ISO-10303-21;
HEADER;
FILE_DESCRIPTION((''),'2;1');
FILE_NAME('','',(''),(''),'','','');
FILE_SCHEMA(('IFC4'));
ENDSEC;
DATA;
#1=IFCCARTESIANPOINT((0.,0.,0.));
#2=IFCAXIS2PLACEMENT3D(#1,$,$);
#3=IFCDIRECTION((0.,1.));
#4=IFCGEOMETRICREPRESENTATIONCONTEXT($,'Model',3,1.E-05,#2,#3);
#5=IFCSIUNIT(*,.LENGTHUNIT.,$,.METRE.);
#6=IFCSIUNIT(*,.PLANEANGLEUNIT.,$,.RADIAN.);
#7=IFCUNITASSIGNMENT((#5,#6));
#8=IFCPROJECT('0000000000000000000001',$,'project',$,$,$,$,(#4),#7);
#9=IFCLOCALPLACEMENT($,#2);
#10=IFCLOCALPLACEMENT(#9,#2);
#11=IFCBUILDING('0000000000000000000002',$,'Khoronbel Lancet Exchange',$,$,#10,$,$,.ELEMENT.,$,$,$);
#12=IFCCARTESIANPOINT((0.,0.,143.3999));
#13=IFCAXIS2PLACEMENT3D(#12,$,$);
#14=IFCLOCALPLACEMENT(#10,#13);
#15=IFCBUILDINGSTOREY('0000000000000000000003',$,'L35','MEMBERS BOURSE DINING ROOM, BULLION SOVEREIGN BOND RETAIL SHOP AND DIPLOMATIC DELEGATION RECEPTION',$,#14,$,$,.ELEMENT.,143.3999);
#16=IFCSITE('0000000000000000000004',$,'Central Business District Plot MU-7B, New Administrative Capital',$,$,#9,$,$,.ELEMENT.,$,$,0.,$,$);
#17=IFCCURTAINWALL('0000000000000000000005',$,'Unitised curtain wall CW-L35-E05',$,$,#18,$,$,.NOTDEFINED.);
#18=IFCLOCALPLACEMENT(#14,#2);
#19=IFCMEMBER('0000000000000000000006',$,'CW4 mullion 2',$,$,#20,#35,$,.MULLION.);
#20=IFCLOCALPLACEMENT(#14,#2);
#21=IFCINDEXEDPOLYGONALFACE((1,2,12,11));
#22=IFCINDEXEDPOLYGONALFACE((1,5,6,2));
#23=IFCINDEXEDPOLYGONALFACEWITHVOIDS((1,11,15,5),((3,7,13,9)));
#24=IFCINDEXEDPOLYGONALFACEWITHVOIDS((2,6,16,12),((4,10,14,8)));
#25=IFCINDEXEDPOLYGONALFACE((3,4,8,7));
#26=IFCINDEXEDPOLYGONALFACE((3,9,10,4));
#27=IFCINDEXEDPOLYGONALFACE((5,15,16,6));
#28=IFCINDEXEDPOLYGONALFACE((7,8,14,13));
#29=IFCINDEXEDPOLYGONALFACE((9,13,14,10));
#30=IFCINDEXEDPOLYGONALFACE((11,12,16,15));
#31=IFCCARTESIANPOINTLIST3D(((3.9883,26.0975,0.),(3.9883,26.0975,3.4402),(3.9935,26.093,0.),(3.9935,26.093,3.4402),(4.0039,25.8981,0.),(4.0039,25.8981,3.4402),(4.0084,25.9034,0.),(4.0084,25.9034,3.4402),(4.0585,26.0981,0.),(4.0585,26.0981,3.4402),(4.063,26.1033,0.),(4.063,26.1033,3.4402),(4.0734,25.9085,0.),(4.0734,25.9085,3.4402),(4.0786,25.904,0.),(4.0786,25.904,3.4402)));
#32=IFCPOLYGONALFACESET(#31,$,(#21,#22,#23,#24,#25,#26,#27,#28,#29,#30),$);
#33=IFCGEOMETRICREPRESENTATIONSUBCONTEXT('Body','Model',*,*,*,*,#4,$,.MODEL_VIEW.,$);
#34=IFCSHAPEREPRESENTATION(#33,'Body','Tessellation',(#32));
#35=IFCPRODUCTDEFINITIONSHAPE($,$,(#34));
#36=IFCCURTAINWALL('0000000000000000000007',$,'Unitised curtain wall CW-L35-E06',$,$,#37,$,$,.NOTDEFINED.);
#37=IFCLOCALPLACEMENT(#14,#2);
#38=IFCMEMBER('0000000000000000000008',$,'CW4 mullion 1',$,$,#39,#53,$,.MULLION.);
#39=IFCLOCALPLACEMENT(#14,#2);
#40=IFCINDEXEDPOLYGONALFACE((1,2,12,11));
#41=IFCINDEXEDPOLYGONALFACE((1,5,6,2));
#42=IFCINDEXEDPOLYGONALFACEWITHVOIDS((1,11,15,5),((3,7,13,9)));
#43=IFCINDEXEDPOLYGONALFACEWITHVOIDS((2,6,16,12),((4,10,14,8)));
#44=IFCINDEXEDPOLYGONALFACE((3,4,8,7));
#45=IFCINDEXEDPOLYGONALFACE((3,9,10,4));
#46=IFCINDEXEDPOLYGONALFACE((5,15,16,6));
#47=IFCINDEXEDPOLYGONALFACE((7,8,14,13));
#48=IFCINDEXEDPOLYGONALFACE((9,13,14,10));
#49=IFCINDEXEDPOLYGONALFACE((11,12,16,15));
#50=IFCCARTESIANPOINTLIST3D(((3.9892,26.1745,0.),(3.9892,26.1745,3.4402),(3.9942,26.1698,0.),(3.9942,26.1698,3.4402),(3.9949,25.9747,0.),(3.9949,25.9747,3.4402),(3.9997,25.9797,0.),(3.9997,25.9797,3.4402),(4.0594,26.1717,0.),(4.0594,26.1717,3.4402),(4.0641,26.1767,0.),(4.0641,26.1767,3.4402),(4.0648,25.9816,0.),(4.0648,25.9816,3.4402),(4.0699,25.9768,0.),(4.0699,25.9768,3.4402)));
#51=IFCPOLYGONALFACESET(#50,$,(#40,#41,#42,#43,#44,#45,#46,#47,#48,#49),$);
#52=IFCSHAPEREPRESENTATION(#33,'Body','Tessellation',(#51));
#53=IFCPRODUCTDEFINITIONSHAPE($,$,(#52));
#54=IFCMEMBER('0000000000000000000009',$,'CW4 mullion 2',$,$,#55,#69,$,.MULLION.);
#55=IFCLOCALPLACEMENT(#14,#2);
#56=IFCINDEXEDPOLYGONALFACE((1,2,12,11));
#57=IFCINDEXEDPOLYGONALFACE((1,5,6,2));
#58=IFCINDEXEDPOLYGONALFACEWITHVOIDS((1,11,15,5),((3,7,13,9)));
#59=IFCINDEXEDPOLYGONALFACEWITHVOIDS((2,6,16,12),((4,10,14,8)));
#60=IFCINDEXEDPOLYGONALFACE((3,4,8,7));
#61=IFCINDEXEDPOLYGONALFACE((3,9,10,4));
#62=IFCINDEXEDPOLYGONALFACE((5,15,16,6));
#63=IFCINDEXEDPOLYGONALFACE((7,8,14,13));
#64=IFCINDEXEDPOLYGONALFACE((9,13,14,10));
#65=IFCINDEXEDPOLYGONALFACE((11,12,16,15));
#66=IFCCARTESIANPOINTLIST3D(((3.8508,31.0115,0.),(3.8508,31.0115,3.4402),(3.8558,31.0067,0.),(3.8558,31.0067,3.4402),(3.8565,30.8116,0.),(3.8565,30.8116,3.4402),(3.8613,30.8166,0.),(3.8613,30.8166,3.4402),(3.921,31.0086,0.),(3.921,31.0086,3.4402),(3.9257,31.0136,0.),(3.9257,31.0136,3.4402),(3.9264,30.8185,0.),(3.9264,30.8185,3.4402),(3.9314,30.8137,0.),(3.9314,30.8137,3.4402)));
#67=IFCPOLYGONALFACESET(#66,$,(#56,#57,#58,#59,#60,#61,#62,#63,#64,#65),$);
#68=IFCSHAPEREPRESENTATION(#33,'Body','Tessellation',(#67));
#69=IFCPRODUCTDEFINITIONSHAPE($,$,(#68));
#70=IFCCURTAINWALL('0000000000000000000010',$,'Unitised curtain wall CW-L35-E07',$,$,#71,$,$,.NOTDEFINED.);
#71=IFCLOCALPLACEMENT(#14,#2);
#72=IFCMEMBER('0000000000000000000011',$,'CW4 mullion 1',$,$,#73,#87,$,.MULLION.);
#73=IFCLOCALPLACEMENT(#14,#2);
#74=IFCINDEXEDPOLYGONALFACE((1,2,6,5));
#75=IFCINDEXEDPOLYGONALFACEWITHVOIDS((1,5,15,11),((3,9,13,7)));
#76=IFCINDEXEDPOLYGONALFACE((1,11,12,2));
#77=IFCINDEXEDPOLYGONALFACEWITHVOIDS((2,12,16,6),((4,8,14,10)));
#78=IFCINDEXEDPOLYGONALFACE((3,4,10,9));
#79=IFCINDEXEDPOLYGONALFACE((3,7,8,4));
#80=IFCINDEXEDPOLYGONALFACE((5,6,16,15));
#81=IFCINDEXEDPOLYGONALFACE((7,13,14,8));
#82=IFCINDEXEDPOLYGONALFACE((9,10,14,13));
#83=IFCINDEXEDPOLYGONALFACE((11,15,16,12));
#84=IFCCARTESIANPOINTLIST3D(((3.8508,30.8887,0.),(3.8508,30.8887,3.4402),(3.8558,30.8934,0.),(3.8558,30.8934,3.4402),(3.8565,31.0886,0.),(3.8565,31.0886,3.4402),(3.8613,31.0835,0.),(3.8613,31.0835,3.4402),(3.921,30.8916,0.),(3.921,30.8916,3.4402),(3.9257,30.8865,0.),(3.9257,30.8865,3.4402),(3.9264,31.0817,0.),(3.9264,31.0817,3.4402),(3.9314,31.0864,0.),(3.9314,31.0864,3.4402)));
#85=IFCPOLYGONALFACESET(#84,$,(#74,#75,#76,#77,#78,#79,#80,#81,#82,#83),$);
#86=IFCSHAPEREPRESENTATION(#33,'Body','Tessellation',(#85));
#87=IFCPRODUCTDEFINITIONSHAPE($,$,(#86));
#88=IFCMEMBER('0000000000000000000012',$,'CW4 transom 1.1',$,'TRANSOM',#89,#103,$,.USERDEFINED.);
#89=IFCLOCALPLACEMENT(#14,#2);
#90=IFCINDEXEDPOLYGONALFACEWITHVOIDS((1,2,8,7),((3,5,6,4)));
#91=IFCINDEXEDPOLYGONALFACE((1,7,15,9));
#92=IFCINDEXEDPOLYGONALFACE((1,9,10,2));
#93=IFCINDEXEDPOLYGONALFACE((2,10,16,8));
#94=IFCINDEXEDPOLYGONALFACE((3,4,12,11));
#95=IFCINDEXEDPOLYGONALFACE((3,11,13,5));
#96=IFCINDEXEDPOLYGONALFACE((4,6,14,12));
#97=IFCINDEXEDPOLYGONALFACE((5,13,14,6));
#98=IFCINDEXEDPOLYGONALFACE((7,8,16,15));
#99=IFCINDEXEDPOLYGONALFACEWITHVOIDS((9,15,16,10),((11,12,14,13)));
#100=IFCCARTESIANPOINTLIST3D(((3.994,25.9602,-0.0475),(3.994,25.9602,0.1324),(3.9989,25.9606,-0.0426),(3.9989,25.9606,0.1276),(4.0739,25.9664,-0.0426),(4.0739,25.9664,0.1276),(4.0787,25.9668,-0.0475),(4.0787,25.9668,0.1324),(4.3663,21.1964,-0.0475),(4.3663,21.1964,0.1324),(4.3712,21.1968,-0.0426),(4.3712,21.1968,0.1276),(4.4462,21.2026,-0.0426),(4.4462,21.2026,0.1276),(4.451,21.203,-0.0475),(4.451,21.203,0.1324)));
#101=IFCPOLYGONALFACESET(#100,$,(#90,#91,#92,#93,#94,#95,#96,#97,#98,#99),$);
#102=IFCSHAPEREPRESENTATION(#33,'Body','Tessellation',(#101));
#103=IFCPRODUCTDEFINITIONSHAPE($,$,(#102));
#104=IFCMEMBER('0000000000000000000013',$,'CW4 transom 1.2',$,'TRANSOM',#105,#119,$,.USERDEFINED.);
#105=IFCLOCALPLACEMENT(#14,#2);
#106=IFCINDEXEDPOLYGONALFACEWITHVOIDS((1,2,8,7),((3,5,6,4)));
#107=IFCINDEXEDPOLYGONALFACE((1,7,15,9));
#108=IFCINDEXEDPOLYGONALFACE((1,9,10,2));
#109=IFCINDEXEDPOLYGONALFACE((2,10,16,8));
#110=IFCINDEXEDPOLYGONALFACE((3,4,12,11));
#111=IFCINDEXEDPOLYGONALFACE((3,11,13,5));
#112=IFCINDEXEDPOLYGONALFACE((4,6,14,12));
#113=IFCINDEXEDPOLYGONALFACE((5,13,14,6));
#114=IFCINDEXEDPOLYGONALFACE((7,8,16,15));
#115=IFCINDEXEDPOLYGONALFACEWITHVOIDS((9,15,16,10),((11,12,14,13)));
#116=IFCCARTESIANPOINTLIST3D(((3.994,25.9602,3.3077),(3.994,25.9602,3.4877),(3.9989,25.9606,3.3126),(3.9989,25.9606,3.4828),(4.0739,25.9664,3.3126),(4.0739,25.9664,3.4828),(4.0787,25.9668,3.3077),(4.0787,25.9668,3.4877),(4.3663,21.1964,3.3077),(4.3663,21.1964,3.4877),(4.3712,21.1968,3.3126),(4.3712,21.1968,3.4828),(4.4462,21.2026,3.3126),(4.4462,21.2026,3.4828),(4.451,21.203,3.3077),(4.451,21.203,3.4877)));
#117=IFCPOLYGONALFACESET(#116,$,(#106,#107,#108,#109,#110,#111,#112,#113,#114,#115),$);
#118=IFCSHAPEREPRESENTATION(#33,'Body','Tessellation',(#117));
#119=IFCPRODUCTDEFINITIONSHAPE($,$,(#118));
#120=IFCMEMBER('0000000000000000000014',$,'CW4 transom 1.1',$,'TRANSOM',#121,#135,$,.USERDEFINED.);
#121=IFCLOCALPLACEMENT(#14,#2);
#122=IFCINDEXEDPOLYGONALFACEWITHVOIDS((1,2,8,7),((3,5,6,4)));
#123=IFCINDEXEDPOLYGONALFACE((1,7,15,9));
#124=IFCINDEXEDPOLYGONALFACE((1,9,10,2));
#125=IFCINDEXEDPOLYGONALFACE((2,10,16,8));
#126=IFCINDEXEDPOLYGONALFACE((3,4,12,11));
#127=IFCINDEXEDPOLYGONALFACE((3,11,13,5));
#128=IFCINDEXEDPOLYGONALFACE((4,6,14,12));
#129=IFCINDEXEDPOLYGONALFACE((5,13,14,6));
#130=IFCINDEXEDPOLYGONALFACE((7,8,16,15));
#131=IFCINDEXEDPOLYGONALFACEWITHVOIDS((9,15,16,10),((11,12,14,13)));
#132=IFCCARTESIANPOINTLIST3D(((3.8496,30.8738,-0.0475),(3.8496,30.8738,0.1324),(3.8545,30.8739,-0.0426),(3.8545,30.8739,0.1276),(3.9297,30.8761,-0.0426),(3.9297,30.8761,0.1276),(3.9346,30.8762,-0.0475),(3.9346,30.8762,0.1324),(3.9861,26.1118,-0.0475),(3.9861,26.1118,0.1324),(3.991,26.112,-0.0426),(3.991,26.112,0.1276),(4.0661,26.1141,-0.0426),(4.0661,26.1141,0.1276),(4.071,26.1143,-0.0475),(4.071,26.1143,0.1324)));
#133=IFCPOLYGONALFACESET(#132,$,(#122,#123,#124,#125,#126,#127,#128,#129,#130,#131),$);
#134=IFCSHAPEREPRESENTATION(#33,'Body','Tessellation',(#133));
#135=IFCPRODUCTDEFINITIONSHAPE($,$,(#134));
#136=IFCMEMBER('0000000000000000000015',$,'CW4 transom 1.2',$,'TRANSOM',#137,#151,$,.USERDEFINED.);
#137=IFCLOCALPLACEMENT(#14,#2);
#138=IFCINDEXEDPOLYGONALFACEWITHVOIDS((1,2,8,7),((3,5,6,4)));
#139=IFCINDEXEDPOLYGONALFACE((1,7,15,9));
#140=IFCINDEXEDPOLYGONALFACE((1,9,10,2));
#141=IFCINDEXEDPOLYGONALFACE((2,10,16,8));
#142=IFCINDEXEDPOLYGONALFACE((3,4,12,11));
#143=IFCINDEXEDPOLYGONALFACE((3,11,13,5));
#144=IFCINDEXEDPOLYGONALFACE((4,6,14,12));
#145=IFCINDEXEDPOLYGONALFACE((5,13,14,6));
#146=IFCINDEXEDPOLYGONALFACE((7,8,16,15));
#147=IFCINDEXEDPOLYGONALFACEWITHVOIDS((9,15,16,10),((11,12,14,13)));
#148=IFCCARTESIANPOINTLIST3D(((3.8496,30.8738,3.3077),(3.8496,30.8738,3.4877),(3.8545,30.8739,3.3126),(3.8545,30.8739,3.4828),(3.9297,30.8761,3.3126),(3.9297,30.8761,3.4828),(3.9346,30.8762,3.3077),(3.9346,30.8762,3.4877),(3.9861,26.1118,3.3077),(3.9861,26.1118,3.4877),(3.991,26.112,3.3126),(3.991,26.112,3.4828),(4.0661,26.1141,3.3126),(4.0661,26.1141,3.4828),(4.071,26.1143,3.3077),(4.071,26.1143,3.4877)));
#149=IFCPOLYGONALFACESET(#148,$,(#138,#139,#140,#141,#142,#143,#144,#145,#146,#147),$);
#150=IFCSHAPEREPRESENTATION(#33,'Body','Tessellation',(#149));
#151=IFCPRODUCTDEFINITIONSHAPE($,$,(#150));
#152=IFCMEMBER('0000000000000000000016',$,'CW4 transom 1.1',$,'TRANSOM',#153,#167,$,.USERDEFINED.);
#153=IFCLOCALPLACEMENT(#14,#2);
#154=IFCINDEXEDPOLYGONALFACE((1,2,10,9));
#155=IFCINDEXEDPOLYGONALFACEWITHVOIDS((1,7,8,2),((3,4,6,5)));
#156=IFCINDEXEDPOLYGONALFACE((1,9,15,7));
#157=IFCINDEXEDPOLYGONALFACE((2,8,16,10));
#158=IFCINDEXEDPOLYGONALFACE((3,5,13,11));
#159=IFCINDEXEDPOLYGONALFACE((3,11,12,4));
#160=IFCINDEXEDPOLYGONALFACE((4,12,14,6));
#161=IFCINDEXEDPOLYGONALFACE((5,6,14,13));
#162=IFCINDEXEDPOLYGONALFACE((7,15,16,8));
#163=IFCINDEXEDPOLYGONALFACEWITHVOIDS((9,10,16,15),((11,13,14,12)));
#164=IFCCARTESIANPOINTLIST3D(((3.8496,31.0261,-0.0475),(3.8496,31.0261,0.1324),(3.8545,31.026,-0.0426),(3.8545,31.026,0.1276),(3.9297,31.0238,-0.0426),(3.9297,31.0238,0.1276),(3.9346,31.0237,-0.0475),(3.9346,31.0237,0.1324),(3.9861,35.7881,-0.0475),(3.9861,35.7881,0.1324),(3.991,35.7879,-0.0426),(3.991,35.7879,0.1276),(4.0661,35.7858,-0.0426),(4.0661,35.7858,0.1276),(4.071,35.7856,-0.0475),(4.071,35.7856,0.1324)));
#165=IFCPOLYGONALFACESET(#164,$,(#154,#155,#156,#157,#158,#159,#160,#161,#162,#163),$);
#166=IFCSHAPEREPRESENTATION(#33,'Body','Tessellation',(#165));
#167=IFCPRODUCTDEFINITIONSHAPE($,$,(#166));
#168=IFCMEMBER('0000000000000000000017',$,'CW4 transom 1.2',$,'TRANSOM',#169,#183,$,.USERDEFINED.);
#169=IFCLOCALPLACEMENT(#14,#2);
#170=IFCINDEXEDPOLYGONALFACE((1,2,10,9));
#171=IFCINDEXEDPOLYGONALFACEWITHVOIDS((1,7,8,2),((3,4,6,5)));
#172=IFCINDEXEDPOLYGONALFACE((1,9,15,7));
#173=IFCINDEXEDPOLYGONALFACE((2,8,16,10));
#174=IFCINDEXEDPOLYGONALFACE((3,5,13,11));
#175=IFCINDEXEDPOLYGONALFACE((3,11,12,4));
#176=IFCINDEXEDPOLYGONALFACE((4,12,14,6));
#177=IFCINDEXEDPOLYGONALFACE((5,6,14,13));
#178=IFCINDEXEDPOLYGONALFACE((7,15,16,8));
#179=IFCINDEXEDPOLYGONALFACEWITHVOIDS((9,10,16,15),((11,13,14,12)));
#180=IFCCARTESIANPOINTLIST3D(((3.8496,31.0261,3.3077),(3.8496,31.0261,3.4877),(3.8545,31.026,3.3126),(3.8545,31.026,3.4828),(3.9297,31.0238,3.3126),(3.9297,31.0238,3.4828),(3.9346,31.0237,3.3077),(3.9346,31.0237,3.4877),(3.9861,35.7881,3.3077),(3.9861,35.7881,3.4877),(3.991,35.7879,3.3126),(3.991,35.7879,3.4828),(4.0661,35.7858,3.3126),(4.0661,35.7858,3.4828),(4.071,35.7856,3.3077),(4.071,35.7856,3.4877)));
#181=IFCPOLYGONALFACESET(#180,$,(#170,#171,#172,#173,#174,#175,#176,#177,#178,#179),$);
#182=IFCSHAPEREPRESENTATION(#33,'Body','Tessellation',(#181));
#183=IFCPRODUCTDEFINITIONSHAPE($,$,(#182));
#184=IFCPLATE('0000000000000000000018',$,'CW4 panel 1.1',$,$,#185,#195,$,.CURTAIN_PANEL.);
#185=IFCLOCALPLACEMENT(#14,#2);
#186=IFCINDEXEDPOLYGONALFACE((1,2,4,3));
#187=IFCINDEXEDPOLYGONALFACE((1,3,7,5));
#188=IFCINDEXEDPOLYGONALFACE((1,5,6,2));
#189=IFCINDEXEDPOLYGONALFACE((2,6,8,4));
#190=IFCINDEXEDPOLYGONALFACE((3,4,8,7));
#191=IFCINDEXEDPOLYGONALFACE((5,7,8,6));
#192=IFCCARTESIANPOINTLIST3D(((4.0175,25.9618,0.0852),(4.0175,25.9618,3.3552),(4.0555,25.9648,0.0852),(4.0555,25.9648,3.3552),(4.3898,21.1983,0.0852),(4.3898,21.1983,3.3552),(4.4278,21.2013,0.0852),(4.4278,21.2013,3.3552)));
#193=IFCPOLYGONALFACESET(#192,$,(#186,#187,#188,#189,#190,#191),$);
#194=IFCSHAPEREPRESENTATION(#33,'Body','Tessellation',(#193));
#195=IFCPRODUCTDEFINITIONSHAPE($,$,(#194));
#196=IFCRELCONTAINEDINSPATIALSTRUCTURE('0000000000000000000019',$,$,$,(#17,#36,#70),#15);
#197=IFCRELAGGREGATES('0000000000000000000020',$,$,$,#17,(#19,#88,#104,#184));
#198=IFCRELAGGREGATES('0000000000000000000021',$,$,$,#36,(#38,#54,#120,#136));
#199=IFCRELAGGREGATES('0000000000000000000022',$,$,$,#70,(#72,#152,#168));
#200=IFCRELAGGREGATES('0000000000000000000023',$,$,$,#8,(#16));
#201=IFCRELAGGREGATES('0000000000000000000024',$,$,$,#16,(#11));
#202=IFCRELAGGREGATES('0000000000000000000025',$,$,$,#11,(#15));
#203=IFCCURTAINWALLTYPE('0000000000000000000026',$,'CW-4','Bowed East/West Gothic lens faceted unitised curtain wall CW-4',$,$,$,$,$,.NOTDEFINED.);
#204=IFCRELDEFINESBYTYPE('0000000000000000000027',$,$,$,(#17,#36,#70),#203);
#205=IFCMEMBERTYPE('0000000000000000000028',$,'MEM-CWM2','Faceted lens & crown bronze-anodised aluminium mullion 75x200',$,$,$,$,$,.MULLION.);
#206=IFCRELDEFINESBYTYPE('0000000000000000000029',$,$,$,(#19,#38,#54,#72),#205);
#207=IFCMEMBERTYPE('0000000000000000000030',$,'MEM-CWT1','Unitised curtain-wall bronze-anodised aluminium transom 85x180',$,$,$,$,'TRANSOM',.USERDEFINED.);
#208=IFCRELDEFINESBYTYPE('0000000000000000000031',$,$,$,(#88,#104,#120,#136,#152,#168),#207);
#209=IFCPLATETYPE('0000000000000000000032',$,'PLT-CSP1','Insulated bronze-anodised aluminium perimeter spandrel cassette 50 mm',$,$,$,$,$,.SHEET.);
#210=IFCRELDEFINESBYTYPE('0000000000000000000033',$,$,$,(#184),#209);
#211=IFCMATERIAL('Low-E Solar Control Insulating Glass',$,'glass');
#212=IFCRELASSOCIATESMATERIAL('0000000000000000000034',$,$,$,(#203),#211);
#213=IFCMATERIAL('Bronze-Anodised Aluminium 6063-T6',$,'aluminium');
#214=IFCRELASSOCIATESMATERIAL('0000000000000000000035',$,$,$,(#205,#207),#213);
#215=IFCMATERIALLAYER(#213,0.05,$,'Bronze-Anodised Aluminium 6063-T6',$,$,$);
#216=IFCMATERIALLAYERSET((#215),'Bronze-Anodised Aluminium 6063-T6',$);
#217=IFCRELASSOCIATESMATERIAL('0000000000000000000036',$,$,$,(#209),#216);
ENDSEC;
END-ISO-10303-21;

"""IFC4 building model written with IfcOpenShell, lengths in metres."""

from ifc_helpers import new_model, si_unit, direction, frame, origin, origin_2d, place, context, subcontext, project, spatial, rectangle, hollow_rectangle, extrude, material, layer, layer_set, material_profile, profile_set, type_object, element, aggregate, save


model = new_model("IFC4")

# Units and contexts
model_context = context("Model", 3, precision=1e-05, world=origin(), true_north=direction((0.0, 1.0)))
body_context = subcontext(model_context, "Body", "Model", "MODEL_VIEW")
ifc_project = project(units=[si_unit("LENGTHUNIT", "METRE"), si_unit("PLANEANGLEUNIT", "RADIAN")], contexts=[model_context])

# Site, building, storey
site_placement = place(None, origin())
site = spatial("IfcSite", under=ifc_project, at=site_placement, Name="Central Business District Plot MU-7B, New Administrative Capital", CompositionType="ELEMENT", RefElevation=0.0)
building_placement = place(site_placement, origin())
building = spatial("IfcBuilding", under=site, at=building_placement, Name="Khoronbel Lancet Exchange", CompositionType="ELEMENT")
storey_placement = place(building_placement, frame((0.0, 0.0, 143.3999)))
storey = spatial("IfcBuildingStorey", under=building, at=storey_placement, Name="L35", Description="MEMBERS BOURSE DINING ROOM, BULLION SOVEREIGN BOND RETAIL SHOP AND DIPLOMATIC DELEGATION RECEPTION", CompositionType="ELEMENT", Elevation=143.3999)

# Shared definitions
ifc_material_1 = material(Name="Low-E Solar Control Insulating Glass", Category="glass")
curtain_wall_type = type_object("IfcCurtainWallType", Name="CW-4", Description="Bowed East/West Gothic lens faceted unitised curtain wall CW-4", PredefinedType="NOTDEFINED", material=ifc_material_1)
ifc_material_2 = material(Name="Bronze-Anodised Aluminium 6063-T6", Category="aluminium")
ifc_material_profile_1 = material_profile(ifc_material_2, hollow_rectangle(XDim=0.075, YDim=0.2, WallThickness=0.0049, at=origin_2d()), Name="ALU MULLION 75x200")
ifc_profile_set_1 = profile_set([ifc_material_profile_1], Name="Bronze-Anodised Aluminium 6063-T6")
member_type_1 = type_object("IfcMemberType", Name="MEM-CWM2", Description="Faceted lens & crown bronze-anodised aluminium mullion 75x200", PredefinedType="MULLION", material=ifc_profile_set_1)

# Curtain walls, members
curtain_wall_1_placement = place(storey_placement, origin())
curtain_wall_1 = element("IfcCurtainWall", 1, at=curtain_wall_1_placement, inside=storey, type_object=curtain_wall_type, Name="Unitised curtain wall CW-L35-E05", PredefinedType="NOTDEFINED")
member_1_placement = place(storey_placement, frame((4.0334, 26.0007, 0.0), z_axis=(0.0, 0.0, 1.0), x_axis=(-0.99696, -0.077921, 0.0)))
member_1 = element("IfcMember", 2, at=member_1_placement, type_object=member_type_1, Name="CW4 mullion 2", PredefinedType="MULLION", context=body_context, shape_type="SweptSolid", body=[
    extrude(hollow_rectangle(XDim=0.075, YDim=0.2, WallThickness=0.0049, at=origin_2d()), origin(), (0.0, 0.0, 1.0), 3.4402),
])
curtain_wall_2_placement = place(storey_placement, origin())
curtain_wall_2 = element("IfcCurtainWall", 3, at=curtain_wall_2_placement, inside=storey, type_object=curtain_wall_type, Name="Unitised curtain wall CW-L35-E06", PredefinedType="NOTDEFINED")
member_2_placement = place(storey_placement, frame((4.0295, 26.0757, 0.0), z_axis=(0.0, 0.0, 1.0), x_axis=(-0.999591, -0.028613, 0.0)))
member_2 = element("IfcMember", 4, at=member_2_placement, type_object=member_type_1, Name="CW4 mullion 1", PredefinedType="MULLION", context=body_context, shape_type="SweptSolid", body=[
    extrude(hollow_rectangle(XDim=0.075, YDim=0.2, WallThickness=0.0049, at=origin_2d()), origin(), (0.0, 0.0, 1.0), 3.4402),
])
member_3_placement = place(storey_placement, frame((3.8911, 30.9126, 0.0), z_axis=(0.0, 0.0, 1.0), x_axis=(-0.999591, -0.028613, 0.0)))
member_3 = element("IfcMember", 5, at=member_3_placement, type_object=member_type_1, Name="CW4 mullion 2", PredefinedType="MULLION", context=body_context, shape_type="SweptSolid", body=[
    extrude(hollow_rectangle(XDim=0.075, YDim=0.2, WallThickness=0.0049, at=origin_2d()), origin(), (0.0, 0.0, 1.0), 3.4402),
])

# Curtain wall, member
curtain_wall_3_placement = place(storey_placement, origin())
curtain_wall_3 = element("IfcCurtainWall", 6, at=curtain_wall_3_placement, inside=storey, type_object=curtain_wall_type, Name="Unitised curtain wall CW-L35-E07", PredefinedType="NOTDEFINED")
member_4_placement = place(storey_placement, frame((3.8911, 30.9875, 0.0), z_axis=(0.0, 0.0, 1.0), x_axis=(-0.999591, 0.028613, 0.0)))
member_4 = element("IfcMember", 7, at=member_4_placement, type_object=member_type_1, Name="CW4 mullion 1", PredefinedType="MULLION", context=body_context, shape_type="SweptSolid", body=[
    extrude(hollow_rectangle(XDim=0.075, YDim=0.2, WallThickness=0.0049, at=origin_2d()), origin(), (0.0, 0.0, 1.0), 3.4402),
])

# Members
ifc_material_profile_2 = material_profile(ifc_material_2, hollow_rectangle(XDim=0.085, YDim=0.1799, WallThickness=0.0049, at=origin_2d()), Name="ALU TRANSOM 85x180")
ifc_profile_set_2 = profile_set([ifc_material_profile_2], Name="Bronze-Anodised Aluminium 6063-T6")
member_type_2 = type_object("IfcMemberType", Name="MEM-CWT1", Description="Unitised curtain-wall bronze-anodised aluminium transom 85x180", ElementType="TRANSOM", PredefinedType="USERDEFINED", material=ifc_profile_set_2)
member_5_placement = place(storey_placement, frame((4.4087, 21.1997, 0.0425), z_axis=(-0.077919, 0.99696, 0.0), x_axis=(-0.99696, -0.077919, 0.0)))
member_5 = element("IfcMember", 8, at=member_5_placement, type_object=member_type_2, Name="CW4 transom 1.1", ObjectType="TRANSOM", PredefinedType="USERDEFINED", context=body_context, shape_type="SweptSolid", body=[
    extrude(hollow_rectangle(XDim=0.085, YDim=0.1799, WallThickness=0.0049, at=origin_2d()), origin(), (0.0, 0.0, 1.0), 4.7783),
])
member_6_placement = place(storey_placement, frame((4.4087, 21.1997, 3.3977), z_axis=(-0.077919, 0.99696, 0.0), x_axis=(-0.99696, -0.077919, 0.0)))
member_6 = element("IfcMember", 9, at=member_6_placement, type_object=member_type_2, Name="CW4 transom 1.2", ObjectType="TRANSOM", PredefinedType="USERDEFINED", context=body_context, shape_type="SweptSolid", body=[
    extrude(hollow_rectangle(XDim=0.085, YDim=0.1799, WallThickness=0.0049, at=origin_2d()), origin(), (0.0, 0.0, 1.0), 4.7783),
])
member_7_placement = place(storey_placement, frame((4.0286, 26.113, 0.0425), z_axis=(-0.028648, 0.99959, 0.0), x_axis=(-0.99959, -0.028648, 0.0)))
member_7 = element("IfcMember", 10, at=member_7_placement, type_object=member_type_2, Name="CW4 transom 1.1", ObjectType="TRANSOM", PredefinedType="USERDEFINED", context=body_context, shape_type="SweptSolid", body=[
    extrude(hollow_rectangle(XDim=0.085, YDim=0.1799, WallThickness=0.0049, at=origin_2d()), origin(), (0.0, 0.0, 1.0), 4.7639),
])
member_8_placement = place(storey_placement, frame((4.0286, 26.113, 3.3977), z_axis=(-0.028648, 0.99959, 0.0), x_axis=(-0.99959, -0.028648, 0.0)))
member_8 = element("IfcMember", 11, at=member_8_placement, type_object=member_type_2, Name="CW4 transom 1.2", ObjectType="TRANSOM", PredefinedType="USERDEFINED", context=body_context, shape_type="SweptSolid", body=[
    extrude(hollow_rectangle(XDim=0.085, YDim=0.1799, WallThickness=0.0049, at=origin_2d()), origin(), (0.0, 0.0, 1.0), 4.7639),
])
member_9_placement = place(storey_placement, frame((3.8921, 31.0249, 0.0425), z_axis=(0.028648, 0.99959, 0.0), x_axis=(-0.99959, 0.028648, 0.0)))
member_9 = element("IfcMember", 12, at=member_9_placement, type_object=member_type_2, Name="CW4 transom 1.1", ObjectType="TRANSOM", PredefinedType="USERDEFINED", context=body_context, shape_type="SweptSolid", body=[
    extrude(hollow_rectangle(XDim=0.085, YDim=0.1799, WallThickness=0.0049, at=origin_2d()), origin(), (0.0, 0.0, 1.0), 4.7639),
])
member_10_placement = place(storey_placement, frame((3.8921, 31.0249, 3.3977), z_axis=(0.028648, 0.99959, 0.0), x_axis=(-0.99959, 0.028648, 0.0)))
member_10 = element("IfcMember", 13, at=member_10_placement, type_object=member_type_2, Name="CW4 transom 1.2", ObjectType="TRANSOM", PredefinedType="USERDEFINED", context=body_context, shape_type="SweptSolid", body=[
    extrude(hollow_rectangle(XDim=0.085, YDim=0.1799, WallThickness=0.0049, at=origin_2d()), origin(), (0.0, 0.0, 1.0), 4.7639),
])

# Plate
ifc_layer_1 = layer(ifc_material_2, 0.05, Name="Bronze-Anodised Aluminium 6063-T6")
ifc_layer_set_1 = layer_set([ifc_layer_1], Name="Bronze-Anodised Aluminium 6063-T6")
plate_type_1 = type_object("IfcPlateType", Name="PLT-CSP1", Description="Insulated bronze-anodised aluminium perimeter spandrel cassette 50 mm", PredefinedType="SHEET", material=ifc_layer_set_1)
plate_1_placement = place(storey_placement, frame((4.2227, 23.5815, 0.0852), z_axis=(0.0, 0.0, 1.0), x_axis=(-0.077921, 0.99696, 0.0)))
plate_1 = element("IfcPlate", 14, at=plate_1_placement, type_object=plate_type_1, Name="CW4 panel 1.1", PredefinedType="CURTAIN_PANEL", context=body_context, shape_type="SweptSolid", body=[
    extrude(rectangle(XDim=4.7781, YDim=0.0381, at=origin_2d()), origin(), (0.0, 0.0, 1.0), 3.27),
])
aggregate(curtain_wall_1, [member_1, member_5, member_6, plate_1])
aggregate(curtain_wall_2, [member_2, member_3, member_7, member_8])
aggregate(curtain_wall_3, [member_4, member_9, member_10])

save(model, "model.ifc")
